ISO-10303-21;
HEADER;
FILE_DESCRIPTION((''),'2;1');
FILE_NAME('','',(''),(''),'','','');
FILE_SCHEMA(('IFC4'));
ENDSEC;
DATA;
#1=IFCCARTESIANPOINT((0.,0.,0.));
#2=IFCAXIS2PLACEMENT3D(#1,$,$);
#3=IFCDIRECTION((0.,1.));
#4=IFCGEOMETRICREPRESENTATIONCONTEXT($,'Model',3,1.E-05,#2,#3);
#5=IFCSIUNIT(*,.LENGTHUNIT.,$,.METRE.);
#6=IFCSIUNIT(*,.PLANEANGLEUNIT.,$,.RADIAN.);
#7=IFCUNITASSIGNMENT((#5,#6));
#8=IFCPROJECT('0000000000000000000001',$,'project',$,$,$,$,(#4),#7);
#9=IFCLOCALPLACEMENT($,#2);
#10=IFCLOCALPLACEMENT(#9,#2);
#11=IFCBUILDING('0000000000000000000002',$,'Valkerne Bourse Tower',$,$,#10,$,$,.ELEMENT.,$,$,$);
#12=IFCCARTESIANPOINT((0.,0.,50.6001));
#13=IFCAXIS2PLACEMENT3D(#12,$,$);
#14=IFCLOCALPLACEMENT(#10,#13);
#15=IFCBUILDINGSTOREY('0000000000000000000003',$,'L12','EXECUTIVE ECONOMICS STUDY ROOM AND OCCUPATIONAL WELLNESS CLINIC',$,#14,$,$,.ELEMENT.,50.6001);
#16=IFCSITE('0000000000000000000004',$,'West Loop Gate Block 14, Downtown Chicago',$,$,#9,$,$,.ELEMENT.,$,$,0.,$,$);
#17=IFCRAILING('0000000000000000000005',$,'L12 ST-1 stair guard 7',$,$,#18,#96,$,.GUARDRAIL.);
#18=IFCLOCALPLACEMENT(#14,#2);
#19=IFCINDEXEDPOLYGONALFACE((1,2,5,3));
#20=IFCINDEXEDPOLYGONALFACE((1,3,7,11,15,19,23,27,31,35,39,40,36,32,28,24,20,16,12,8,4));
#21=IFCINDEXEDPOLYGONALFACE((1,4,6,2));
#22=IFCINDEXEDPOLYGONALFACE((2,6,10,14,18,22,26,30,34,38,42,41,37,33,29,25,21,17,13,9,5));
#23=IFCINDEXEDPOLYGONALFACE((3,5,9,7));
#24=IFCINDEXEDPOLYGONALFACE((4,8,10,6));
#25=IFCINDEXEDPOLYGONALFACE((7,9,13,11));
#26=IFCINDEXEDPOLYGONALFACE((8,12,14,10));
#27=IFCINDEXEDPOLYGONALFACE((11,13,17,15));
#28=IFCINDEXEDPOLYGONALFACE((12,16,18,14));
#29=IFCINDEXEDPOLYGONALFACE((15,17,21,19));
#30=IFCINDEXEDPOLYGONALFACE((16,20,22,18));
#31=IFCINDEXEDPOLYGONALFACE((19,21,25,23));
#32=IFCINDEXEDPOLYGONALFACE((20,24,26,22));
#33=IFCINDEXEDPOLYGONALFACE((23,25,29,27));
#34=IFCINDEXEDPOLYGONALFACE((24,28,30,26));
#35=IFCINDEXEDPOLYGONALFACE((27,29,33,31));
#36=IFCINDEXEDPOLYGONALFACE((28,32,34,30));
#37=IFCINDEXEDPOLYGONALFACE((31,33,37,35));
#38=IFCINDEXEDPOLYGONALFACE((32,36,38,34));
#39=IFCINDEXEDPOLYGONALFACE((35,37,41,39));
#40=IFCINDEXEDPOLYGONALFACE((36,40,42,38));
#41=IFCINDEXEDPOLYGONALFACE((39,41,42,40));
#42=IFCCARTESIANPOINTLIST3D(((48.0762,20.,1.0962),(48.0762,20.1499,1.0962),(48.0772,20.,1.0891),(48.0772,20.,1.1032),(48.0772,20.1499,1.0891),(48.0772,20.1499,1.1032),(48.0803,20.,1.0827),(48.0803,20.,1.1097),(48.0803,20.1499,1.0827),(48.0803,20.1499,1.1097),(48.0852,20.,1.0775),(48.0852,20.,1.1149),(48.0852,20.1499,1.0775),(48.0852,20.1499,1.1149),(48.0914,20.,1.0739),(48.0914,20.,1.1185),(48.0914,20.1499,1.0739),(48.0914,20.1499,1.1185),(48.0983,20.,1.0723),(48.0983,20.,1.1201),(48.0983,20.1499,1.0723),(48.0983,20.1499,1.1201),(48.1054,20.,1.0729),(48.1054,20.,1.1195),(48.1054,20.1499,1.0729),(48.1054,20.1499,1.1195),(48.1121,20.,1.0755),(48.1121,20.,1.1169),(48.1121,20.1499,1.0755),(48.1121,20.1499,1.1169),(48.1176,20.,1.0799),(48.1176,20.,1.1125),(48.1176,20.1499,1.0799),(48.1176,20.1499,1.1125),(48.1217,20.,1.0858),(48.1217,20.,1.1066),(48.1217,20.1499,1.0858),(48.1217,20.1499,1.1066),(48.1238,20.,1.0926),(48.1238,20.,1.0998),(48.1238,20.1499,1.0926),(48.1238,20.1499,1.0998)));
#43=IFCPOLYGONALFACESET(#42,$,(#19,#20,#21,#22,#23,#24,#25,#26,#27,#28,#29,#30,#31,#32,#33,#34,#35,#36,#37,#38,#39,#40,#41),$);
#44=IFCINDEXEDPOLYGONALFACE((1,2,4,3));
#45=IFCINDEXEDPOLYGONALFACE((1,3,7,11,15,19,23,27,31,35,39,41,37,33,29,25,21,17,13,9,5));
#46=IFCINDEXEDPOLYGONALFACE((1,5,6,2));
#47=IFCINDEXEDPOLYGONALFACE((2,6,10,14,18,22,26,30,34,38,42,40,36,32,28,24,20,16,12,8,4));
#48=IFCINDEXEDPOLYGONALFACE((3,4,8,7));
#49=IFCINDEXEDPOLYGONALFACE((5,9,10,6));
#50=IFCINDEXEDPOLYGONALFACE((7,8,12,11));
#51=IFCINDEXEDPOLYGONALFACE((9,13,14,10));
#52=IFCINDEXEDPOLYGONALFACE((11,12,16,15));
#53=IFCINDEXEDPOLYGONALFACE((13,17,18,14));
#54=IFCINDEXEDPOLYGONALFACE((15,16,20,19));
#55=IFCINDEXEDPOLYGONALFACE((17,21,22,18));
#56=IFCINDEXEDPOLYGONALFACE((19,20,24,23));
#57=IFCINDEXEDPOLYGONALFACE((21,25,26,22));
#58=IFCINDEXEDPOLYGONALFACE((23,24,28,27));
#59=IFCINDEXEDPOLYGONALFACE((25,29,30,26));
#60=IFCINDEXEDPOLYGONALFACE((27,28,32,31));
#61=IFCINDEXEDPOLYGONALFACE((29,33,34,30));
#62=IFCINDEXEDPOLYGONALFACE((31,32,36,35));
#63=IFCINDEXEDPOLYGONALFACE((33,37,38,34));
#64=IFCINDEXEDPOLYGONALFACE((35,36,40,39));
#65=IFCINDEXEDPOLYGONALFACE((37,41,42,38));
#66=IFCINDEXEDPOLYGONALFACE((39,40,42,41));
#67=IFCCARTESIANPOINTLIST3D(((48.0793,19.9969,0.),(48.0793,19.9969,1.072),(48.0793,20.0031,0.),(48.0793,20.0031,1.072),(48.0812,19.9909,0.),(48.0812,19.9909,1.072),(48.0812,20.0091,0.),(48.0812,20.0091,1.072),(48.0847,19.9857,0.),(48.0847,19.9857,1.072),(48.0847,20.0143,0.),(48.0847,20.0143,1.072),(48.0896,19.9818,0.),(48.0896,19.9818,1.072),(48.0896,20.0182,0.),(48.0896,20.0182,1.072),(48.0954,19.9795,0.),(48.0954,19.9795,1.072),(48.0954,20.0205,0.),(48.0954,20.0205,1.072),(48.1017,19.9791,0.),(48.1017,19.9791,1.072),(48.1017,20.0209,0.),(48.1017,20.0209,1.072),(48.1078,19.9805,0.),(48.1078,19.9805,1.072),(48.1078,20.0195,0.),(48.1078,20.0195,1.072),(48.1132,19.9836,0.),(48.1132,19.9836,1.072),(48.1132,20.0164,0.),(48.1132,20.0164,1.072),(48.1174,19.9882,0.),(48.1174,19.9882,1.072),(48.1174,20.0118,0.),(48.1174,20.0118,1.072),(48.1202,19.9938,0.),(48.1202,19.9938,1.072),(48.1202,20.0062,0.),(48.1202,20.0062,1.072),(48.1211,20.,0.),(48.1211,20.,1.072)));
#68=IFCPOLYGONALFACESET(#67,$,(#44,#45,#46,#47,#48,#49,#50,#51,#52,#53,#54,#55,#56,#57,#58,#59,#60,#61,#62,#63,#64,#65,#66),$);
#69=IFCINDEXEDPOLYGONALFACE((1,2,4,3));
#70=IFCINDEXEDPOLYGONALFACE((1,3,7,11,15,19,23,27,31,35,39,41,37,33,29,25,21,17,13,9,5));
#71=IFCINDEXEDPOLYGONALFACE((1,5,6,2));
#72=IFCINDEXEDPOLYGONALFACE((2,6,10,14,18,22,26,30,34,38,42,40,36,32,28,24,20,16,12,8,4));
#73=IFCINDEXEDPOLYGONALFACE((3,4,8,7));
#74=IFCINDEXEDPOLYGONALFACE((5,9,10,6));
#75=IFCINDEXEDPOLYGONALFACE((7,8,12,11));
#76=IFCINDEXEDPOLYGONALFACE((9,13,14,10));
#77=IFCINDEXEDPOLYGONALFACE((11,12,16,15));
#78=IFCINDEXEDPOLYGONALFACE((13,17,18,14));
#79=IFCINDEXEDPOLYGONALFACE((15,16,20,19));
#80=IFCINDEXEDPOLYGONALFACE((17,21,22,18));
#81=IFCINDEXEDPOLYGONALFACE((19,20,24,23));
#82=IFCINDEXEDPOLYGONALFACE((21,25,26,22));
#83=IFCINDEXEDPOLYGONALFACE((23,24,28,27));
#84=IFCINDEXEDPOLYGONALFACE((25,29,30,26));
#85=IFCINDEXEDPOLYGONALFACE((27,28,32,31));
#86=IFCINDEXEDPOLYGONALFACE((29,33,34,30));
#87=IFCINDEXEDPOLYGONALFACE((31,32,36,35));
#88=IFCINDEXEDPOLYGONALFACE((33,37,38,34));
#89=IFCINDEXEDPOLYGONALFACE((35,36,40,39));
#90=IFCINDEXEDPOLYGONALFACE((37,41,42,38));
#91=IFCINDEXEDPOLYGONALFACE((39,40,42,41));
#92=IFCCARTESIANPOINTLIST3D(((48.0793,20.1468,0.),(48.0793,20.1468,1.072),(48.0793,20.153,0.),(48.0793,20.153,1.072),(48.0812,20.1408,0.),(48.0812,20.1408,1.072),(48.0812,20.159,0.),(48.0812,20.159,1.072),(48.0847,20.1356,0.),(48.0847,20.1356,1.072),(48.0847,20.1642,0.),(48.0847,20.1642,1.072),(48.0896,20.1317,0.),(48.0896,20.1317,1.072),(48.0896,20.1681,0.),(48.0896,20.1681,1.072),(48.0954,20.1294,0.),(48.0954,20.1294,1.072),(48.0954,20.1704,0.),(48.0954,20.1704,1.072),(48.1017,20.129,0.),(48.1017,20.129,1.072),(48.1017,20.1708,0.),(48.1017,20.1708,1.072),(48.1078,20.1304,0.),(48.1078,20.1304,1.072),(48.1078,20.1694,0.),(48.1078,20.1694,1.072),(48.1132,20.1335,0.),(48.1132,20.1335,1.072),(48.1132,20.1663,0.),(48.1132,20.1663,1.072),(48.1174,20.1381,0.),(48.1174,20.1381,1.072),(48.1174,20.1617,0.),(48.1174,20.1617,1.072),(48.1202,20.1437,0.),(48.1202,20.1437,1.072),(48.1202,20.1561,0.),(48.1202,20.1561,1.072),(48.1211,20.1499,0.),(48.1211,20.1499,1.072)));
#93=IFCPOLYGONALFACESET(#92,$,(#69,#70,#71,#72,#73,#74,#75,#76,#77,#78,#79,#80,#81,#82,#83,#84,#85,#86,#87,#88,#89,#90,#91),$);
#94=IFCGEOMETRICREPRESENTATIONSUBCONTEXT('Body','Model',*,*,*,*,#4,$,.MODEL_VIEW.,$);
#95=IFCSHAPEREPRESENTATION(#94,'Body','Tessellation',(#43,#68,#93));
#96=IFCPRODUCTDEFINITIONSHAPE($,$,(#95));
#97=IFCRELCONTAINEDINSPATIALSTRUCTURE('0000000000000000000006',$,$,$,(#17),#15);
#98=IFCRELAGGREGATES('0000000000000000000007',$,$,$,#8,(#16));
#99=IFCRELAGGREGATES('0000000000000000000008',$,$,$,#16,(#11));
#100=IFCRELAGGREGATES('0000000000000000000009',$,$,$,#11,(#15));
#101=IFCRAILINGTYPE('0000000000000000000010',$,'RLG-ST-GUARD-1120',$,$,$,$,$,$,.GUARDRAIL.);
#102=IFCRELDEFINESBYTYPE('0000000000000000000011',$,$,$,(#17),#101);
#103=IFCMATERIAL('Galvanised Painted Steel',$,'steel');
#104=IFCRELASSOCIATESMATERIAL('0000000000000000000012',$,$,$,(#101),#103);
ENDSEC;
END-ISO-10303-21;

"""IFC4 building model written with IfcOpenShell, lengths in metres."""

from ifc_helpers import new_model, si_unit, direction, frame, origin, origin_2d, place, context, subcontext, project, spatial, circle, extrude, material, type_object, element, save


model = new_model("IFC4")

# Units and contexts
model_context = context("Model", 3, precision=1e-05, world=origin(), true_north=direction((0.0, 1.0)))
body_context = subcontext(model_context, "Body", "Model", "MODEL_VIEW")
ifc_project = project(units=[si_unit("LENGTHUNIT", "METRE"), si_unit("PLANEANGLEUNIT", "RADIAN")], contexts=[model_context])

# Site, building, storey
site_placement = place(None, origin())
site = spatial("IfcSite", under=ifc_project, at=site_placement, Name="West Loop Gate Block 14, Downtown Chicago", CompositionType="ELEMENT", RefElevation=0.0)
building_placement = place(site_placement, origin())
building = spatial("IfcBuilding", under=site, at=building_placement, Name="Valkerne Bourse Tower", CompositionType="ELEMENT")
storey_placement = place(building_placement, frame((0.0, 0.0, 50.6001)))
storey = spatial("IfcBuildingStorey", under=building, at=storey_placement, Name="L12", Description="EXECUTIVE ECONOMICS STUDY ROOM AND OCCUPATIONAL WELLNESS CLINIC", CompositionType="ELEMENT", Elevation=50.6001)

# Shared definitions
ifc_material_1 = material(Name="Galvanised Painted Steel", Category="steel")

# Railing
railing_type_1 = type_object("IfcRailingType", Name="RLG-ST-GUARD-1120", PredefinedType="GUARDRAIL", material=ifc_material_1)
railing_1_placement = place(storey_placement, frame((48.1001, 20.0, 0.0)))
element("IfcRailing", 1, at=railing_1_placement, inside=storey, type_object=railing_type_1, Name="L12 ST-1 stair guard 7", PredefinedType="GUARDRAIL", context=body_context, shape_type="SweptSolid", body=[
    extrude(circle(Radius=0.0239, at=origin_2d()), frame((0.0, 0.0, 1.0962), z_axis=(0.0, 1.0, 0.0), x_axis=(-1.0, 0.0, 0.0)), (0.0, 0.0, 1.0), 0.1499),
    extrude(circle(Radius=0.021, at=origin_2d()), origin(), (0.0, 0.0, 1.0), 1.072),
    extrude(circle(Radius=0.021, at=origin_2d()), frame((0.0, 0.1499, 0.0)), (0.0, 0.0, 1.0), 1.072),
])

save(model, "model.ifc")
